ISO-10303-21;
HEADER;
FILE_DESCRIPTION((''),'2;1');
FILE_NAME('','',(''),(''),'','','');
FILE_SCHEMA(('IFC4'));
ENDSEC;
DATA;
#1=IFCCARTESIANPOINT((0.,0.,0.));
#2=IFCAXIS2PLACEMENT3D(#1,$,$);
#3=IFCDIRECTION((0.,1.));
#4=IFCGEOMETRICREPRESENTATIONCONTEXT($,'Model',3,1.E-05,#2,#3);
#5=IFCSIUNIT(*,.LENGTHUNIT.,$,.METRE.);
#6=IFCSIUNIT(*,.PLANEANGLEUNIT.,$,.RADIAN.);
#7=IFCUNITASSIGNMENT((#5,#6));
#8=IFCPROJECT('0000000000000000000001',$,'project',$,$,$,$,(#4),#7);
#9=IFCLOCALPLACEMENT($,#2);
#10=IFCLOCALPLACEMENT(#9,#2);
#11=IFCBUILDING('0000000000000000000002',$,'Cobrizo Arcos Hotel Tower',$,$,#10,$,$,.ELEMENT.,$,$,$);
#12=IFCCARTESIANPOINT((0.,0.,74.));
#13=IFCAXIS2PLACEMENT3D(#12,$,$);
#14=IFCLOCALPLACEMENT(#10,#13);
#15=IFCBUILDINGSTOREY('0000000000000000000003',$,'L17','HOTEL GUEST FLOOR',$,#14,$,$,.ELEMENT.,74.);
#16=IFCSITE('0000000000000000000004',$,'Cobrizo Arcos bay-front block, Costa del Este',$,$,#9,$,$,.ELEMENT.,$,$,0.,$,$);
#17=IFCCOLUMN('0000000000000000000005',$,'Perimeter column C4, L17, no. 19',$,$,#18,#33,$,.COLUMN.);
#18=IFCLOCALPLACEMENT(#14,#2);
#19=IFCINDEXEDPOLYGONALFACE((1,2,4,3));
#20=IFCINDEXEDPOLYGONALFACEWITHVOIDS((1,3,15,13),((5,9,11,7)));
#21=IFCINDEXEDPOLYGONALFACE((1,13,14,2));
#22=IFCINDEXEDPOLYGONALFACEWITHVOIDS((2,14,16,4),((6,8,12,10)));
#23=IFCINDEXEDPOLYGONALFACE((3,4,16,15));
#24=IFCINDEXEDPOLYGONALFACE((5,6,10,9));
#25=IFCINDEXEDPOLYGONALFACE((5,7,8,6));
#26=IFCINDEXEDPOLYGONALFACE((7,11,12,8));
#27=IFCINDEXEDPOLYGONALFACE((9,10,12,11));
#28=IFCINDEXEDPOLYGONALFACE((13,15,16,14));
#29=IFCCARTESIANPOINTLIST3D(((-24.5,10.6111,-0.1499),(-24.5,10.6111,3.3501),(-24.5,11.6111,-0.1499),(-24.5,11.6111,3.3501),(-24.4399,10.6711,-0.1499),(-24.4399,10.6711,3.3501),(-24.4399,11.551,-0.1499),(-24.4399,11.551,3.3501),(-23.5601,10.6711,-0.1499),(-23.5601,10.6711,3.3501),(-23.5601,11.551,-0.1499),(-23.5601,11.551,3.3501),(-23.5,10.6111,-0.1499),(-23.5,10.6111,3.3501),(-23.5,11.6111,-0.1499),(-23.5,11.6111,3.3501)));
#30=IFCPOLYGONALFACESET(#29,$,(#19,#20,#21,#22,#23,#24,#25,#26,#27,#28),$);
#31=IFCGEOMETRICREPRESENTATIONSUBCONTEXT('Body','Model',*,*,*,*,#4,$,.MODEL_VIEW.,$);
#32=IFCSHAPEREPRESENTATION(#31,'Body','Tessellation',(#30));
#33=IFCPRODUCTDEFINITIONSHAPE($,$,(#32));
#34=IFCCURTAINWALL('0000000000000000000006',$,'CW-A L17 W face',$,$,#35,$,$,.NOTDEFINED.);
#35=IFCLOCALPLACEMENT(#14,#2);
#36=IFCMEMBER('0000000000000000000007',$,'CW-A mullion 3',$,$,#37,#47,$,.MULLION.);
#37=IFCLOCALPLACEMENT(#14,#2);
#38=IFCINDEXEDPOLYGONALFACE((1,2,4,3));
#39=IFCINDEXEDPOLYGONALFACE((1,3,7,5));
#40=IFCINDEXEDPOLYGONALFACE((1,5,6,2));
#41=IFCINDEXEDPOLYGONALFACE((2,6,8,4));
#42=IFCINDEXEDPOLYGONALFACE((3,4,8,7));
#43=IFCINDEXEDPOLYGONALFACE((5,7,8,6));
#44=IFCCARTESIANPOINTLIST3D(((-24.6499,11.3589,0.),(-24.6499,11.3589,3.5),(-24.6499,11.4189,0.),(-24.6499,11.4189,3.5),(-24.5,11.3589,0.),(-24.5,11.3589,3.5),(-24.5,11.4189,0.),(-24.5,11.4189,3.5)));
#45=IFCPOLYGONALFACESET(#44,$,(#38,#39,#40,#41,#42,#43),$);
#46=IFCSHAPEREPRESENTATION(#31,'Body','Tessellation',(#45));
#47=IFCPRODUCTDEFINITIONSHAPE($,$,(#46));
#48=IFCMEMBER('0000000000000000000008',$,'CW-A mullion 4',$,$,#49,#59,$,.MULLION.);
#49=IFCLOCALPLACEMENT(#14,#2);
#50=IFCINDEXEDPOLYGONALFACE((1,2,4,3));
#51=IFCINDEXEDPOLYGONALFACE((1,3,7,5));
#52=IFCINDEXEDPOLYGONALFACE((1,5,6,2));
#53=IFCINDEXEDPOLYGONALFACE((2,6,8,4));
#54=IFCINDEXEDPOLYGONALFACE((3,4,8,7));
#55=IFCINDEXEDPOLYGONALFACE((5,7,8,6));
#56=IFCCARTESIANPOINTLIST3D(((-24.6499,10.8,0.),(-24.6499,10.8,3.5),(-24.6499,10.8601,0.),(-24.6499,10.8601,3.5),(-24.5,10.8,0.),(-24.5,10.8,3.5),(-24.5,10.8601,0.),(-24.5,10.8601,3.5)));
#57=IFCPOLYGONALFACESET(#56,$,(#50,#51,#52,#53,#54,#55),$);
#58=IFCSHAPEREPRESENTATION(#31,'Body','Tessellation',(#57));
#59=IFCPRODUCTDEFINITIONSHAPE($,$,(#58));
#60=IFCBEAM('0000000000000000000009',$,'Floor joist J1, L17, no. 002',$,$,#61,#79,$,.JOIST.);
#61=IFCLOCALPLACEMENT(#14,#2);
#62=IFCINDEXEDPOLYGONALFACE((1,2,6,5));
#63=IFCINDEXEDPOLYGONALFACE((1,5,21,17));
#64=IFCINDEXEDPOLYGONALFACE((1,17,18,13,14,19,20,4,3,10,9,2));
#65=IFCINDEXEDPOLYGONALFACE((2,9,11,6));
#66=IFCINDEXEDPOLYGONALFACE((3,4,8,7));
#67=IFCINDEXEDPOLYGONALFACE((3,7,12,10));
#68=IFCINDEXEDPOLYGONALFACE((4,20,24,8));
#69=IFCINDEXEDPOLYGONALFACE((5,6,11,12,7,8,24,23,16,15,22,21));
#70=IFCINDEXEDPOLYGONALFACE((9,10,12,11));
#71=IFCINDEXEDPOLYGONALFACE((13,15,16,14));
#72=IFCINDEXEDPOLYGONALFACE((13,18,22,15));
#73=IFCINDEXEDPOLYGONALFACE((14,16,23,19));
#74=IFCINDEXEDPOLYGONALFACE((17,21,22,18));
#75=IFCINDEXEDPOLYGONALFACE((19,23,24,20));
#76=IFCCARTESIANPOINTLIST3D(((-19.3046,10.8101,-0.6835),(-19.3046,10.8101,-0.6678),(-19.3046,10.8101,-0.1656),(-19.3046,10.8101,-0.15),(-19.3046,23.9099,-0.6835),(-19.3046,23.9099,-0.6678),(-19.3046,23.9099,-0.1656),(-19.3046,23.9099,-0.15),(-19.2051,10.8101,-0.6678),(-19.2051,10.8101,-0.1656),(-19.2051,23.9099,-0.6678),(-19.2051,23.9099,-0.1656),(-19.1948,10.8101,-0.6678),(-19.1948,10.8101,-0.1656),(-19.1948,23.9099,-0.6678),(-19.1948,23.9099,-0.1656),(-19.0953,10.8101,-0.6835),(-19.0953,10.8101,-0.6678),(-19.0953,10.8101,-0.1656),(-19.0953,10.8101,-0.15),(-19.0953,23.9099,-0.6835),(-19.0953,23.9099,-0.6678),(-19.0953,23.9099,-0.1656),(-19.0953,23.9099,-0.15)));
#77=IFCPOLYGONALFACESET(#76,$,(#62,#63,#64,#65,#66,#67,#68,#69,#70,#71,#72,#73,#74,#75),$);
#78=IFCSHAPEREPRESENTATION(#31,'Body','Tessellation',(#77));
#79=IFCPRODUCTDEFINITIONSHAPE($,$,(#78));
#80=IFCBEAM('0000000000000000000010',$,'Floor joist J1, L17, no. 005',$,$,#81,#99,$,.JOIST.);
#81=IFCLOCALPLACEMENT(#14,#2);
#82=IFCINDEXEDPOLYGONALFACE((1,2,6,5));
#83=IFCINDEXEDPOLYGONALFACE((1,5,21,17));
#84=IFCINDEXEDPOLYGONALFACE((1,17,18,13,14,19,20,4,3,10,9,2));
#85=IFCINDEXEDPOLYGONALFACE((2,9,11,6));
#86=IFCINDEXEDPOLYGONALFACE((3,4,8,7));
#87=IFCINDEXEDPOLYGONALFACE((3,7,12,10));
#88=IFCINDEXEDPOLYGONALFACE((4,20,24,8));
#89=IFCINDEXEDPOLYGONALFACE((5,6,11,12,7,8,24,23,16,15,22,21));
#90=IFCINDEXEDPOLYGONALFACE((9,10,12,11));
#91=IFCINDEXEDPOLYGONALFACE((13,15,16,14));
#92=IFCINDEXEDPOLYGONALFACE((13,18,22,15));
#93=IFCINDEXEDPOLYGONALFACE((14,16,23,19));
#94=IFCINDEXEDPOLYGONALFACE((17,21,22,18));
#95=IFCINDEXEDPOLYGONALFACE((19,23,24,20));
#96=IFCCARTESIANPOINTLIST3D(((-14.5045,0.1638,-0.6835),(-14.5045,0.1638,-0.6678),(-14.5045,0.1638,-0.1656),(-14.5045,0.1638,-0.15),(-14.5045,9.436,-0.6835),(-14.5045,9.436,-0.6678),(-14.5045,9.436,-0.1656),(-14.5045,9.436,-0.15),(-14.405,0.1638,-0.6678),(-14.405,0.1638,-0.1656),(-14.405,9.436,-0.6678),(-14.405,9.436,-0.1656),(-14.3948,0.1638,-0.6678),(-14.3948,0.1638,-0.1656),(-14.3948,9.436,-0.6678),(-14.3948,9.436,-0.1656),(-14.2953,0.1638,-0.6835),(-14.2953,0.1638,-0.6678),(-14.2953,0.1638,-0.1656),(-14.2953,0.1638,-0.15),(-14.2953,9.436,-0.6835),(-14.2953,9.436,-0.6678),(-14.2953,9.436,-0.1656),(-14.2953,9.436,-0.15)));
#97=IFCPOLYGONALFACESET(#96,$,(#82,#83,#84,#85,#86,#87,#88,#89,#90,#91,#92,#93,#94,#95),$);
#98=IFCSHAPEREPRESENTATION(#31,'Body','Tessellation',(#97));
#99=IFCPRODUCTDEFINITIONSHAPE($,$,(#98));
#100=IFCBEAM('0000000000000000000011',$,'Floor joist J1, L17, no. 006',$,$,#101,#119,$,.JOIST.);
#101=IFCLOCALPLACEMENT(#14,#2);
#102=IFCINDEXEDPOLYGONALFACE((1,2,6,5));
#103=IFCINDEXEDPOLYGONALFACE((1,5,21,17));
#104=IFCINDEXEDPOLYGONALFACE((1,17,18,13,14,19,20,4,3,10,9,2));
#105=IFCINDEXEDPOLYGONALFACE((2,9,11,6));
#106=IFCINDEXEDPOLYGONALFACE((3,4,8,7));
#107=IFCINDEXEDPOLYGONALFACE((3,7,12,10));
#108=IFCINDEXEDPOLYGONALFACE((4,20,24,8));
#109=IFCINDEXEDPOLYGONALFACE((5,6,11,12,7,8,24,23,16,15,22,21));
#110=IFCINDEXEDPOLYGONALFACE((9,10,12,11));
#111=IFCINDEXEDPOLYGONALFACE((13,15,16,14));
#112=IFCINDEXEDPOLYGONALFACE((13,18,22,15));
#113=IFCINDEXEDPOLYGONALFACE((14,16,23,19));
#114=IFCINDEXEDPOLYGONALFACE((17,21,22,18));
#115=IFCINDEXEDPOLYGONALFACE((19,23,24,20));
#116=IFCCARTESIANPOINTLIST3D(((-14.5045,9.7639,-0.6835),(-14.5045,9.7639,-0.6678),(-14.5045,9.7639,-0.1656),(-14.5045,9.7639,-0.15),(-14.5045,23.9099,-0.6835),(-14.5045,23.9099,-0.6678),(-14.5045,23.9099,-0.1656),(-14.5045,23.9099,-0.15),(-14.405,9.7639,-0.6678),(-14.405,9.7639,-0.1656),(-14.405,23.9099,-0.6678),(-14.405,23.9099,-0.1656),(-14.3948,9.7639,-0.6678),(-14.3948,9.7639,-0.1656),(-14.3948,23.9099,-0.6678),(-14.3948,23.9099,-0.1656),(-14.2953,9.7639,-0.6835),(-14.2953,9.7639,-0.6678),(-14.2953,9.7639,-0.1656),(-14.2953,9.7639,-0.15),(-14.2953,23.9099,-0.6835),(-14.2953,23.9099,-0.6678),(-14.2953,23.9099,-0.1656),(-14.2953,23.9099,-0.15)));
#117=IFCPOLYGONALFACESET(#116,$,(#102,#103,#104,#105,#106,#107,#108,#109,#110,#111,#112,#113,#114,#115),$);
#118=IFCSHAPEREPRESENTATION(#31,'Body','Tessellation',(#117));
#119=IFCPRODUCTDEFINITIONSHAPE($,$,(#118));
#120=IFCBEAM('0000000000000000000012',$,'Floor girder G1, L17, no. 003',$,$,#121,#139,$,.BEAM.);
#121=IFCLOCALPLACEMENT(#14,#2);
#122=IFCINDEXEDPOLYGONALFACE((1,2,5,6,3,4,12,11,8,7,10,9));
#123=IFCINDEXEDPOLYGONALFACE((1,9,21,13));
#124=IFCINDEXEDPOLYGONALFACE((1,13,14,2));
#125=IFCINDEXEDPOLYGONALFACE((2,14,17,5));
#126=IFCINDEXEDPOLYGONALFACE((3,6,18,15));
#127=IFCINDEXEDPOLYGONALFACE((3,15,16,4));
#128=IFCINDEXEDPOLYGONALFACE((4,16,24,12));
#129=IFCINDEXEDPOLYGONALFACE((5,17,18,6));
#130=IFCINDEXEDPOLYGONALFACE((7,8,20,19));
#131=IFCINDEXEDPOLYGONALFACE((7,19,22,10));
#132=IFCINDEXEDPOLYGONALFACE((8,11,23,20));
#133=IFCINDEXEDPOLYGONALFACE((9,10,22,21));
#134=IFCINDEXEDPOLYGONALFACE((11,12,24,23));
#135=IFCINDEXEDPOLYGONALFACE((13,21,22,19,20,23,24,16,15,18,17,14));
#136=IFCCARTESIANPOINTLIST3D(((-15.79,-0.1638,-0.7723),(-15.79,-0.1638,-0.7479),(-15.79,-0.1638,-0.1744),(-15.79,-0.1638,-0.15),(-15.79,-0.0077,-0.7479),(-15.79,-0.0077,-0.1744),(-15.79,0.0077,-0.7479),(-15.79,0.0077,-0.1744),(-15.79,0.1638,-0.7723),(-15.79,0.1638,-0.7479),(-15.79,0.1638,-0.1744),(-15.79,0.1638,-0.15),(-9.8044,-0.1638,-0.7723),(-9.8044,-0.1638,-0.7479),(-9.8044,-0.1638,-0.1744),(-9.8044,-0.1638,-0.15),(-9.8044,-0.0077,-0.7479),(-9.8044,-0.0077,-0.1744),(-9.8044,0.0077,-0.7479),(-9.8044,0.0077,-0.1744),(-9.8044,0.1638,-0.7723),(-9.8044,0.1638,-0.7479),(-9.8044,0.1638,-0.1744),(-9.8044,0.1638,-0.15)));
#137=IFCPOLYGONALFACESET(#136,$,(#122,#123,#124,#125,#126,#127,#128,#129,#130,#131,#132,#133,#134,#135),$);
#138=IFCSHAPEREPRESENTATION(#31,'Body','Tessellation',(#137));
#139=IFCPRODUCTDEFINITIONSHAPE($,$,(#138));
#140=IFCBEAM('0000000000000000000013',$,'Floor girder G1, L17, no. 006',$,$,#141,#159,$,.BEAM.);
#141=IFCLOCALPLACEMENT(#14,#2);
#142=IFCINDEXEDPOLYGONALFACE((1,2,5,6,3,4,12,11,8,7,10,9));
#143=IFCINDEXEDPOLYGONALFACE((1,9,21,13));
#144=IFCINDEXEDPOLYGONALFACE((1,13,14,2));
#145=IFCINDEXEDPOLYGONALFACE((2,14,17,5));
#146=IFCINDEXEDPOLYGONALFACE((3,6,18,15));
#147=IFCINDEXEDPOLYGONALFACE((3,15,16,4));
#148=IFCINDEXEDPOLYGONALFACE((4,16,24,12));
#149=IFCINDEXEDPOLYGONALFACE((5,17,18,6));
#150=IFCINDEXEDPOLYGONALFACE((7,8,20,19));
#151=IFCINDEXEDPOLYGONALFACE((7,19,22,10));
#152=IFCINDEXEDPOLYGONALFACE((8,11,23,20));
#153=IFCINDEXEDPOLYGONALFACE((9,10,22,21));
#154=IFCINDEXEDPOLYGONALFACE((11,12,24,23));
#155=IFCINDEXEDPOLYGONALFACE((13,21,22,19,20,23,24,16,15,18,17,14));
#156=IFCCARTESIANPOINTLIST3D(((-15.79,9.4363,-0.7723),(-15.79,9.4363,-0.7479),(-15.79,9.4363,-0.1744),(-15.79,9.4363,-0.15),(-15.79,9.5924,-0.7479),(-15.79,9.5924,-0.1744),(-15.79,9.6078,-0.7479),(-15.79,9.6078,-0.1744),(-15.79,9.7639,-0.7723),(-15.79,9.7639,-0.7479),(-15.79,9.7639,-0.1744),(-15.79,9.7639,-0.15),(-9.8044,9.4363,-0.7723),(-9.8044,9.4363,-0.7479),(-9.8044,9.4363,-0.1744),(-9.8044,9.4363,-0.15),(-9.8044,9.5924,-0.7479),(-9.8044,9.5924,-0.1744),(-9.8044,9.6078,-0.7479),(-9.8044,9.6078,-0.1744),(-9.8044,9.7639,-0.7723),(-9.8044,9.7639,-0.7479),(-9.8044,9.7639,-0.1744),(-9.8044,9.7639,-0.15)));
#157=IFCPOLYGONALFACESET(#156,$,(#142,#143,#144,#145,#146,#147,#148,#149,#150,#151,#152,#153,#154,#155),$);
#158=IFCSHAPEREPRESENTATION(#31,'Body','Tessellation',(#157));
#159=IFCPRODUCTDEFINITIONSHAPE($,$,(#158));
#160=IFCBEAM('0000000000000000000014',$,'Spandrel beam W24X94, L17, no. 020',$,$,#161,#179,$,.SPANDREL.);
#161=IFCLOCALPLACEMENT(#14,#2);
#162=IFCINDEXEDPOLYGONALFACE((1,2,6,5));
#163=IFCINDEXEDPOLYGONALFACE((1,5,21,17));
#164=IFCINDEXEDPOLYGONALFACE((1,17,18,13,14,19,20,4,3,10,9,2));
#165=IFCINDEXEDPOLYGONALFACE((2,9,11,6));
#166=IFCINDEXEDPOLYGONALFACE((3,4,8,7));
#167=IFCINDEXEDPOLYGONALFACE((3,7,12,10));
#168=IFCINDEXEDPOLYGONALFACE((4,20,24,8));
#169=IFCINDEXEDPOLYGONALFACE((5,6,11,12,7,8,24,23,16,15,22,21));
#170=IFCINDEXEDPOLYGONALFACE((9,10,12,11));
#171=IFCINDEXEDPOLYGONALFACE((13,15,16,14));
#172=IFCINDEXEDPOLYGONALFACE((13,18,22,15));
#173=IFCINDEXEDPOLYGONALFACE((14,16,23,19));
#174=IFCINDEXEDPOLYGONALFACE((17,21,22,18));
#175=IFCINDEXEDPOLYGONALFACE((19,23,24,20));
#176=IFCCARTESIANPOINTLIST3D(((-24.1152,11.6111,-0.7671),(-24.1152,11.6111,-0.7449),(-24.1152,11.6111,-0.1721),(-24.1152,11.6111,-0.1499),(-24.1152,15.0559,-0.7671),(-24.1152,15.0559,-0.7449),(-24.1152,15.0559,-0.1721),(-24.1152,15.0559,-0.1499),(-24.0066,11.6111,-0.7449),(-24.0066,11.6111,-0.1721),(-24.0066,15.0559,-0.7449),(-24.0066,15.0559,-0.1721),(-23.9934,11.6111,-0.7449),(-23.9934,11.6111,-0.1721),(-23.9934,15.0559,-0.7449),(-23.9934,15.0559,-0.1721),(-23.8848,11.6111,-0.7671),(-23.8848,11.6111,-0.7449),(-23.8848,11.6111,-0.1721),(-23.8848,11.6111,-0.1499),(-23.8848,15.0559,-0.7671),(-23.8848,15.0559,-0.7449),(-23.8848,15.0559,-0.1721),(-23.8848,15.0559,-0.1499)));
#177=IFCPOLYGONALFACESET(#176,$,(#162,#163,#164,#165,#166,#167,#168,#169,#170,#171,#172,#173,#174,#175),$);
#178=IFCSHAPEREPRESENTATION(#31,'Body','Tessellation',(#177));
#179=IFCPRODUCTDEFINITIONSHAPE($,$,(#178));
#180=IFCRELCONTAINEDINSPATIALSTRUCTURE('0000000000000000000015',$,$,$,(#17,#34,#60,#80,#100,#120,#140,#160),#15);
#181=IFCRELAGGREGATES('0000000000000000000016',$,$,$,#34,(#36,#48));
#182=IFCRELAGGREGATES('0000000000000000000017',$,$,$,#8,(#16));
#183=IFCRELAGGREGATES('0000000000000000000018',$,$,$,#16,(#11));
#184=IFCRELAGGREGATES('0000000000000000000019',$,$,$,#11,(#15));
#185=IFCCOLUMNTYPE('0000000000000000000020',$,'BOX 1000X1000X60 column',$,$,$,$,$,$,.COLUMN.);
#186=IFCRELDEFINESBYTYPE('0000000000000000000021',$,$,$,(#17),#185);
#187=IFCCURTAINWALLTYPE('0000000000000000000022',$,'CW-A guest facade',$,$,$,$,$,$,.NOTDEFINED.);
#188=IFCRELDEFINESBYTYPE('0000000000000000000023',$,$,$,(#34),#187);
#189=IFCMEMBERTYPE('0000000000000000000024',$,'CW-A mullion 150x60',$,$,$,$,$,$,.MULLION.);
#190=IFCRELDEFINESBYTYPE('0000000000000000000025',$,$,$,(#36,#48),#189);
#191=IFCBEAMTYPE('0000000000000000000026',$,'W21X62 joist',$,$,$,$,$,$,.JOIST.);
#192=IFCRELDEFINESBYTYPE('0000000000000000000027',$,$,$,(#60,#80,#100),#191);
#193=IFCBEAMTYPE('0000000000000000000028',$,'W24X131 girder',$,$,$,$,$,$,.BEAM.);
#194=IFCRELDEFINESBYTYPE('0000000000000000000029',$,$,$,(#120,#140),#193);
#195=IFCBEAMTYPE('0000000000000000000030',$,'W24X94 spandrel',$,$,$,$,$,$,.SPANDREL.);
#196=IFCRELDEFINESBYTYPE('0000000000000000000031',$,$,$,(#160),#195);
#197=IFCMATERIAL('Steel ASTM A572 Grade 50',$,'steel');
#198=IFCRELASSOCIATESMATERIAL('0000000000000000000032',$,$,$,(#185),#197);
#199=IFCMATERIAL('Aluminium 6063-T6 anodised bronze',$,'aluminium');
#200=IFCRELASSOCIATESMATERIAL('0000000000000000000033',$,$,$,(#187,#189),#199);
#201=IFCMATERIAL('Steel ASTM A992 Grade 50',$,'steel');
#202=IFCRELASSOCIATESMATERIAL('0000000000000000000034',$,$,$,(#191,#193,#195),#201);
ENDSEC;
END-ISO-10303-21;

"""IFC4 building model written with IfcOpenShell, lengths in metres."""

from ifc_helpers import new_model, si_unit, direction, frame, origin, origin_2d, place, context, subcontext, project, spatial, rectangle, hollow_rectangle, i_section, extrude, material, material_profile, profile_set, type_object, element, aggregate, save


model = new_model("IFC4")

# Units and contexts
model_context = context("Model", 3, precision=1e-05, world=origin(), true_north=direction((0.0, 1.0)))
body_context = subcontext(model_context, "Body", "Model", "MODEL_VIEW")
ifc_project = project(units=[si_unit("LENGTHUNIT", "METRE"), si_unit("PLANEANGLEUNIT", "RADIAN")], contexts=[model_context])

# Site, building, storey
site_placement = place(None, origin())
site = spatial("IfcSite", under=ifc_project, at=site_placement, Name="Cobrizo Arcos bay-front block, Costa del Este", CompositionType="ELEMENT", RefElevation=0.0)
building_placement = place(site_placement, origin())
building = spatial("IfcBuilding", under=site, at=building_placement, Name="Cobrizo Arcos Hotel Tower", CompositionType="ELEMENT")
storey_placement = place(building_placement, frame((0.0, 0.0, 74.0)))
storey = spatial("IfcBuildingStorey", under=building, at=storey_placement, Name="L17", Description="HOTEL GUEST FLOOR", CompositionType="ELEMENT", Elevation=74.0)

# Column
ifc_material_1 = material(Name="Steel ASTM A572 Grade 50", Category="steel")
ifc_material_profile_1 = material_profile(ifc_material_1, hollow_rectangle(XDim=1.0, YDim=1.0, WallThickness=0.0601, at=origin_2d()), Name="BOX 1000X1000X60")
ifc_profile_set_1 = profile_set([ifc_material_profile_1], Name="Steel ASTM A572 Grade 50")
column_type = type_object("IfcColumnType", Name="BOX 1000X1000X60 column", PredefinedType="COLUMN", material=ifc_profile_set_1)
column_placement = place(storey_placement, frame((-24.0, 11.1111, -0.1499), z_axis=(0.0, 0.0, 1.0), x_axis=(1.0, 0.0, 0.0)))
element("IfcColumn", 1, at=column_placement, inside=storey, type_object=column_type, Name="Perimeter column C4, L17, no. 19", PredefinedType="COLUMN", context=body_context, shape_type="SweptSolid", body=[
    extrude(hollow_rectangle(XDim=1.0, YDim=1.0, WallThickness=0.0601, at=origin_2d()), origin(), (0.0, 0.0, 1.0), 3.5),
])

# Curtain wall, members
ifc_material_2 = material(Name="Aluminium 6063-T6 anodised bronze", Category="aluminium")
curtain_wall_type = type_object("IfcCurtainWallType", Name="CW-A guest facade", PredefinedType="NOTDEFINED", material=ifc_material_2)
curtain_wall_placement = place(storey_placement, origin())
curtain_wall = element("IfcCurtainWall", 2, at=curtain_wall_placement, inside=storey, type_object=curtain_wall_type, Name="CW-A L17 W face", PredefinedType="NOTDEFINED")
ifc_material_profile_2 = material_profile(ifc_material_2, rectangle(XDim=0.1499, YDim=0.0601, at=origin_2d()), Name="CW-A mullion 150x60")
ifc_profile_set_2 = profile_set([ifc_material_profile_2], Name="Aluminium 6063-T6 anodised bronze")
member_type = type_object("IfcMemberType", Name="CW-A mullion 150x60", PredefinedType="MULLION", material=ifc_profile_set_2)
member_1_placement = place(storey_placement, frame((-24.575, 11.3889, 0.0), z_axis=(0.0, 0.0, 1.0), x_axis=(-1.0, 0.0, 0.0)))
member_1 = element("IfcMember", 3, at=member_1_placement, type_object=member_type, Name="CW-A mullion 3", PredefinedType="MULLION", context=body_context, shape_type="SweptSolid", body=[
    extrude(rectangle(XDim=0.1499, YDim=0.0601, at=origin_2d()), origin(), (0.0, 0.0, 1.0), 3.5),
])
member_2_placement = place(storey_placement, frame((-24.575, 10.8301, 0.0), z_axis=(0.0, 0.0, 1.0), x_axis=(-1.0, 0.0, 0.0)))
member_2 = element("IfcMember", 4, at=member_2_placement, type_object=member_type, Name="CW-A mullion 4", PredefinedType="MULLION", context=body_context, shape_type="SweptSolid", body=[
    extrude(rectangle(XDim=0.1499, YDim=0.0601, at=origin_2d()), origin(), (0.0, 0.0, 1.0), 3.5),
])

# Beams
ifc_material_3 = material(Name="Steel ASTM A992 Grade 50", Category="steel")
ifc_material_profile_3 = material_profile(ifc_material_3, i_section(OverallWidth=0.2092, OverallDepth=0.5334, WebThickness=0.0103, FlangeThickness=0.0156, at=origin_2d()), Name="W21X62")
ifc_profile_set_3 = profile_set([ifc_material_profile_3], Name="Steel ASTM A992 Grade 50")
beam_type_1 = type_object("IfcBeamType", Name="W21X62 joist", PredefinedType="JOIST", material=ifc_profile_set_3)
beam_1_placement = place(storey_placement, frame((-19.2, 10.8101, -0.4167), z_axis=(0.0, 1.0, 0.0), x_axis=(-1.0, 0.0, 0.0)))
element("IfcBeam", 5, at=beam_1_placement, inside=storey, type_object=beam_type_1, Name="Floor joist J1, L17, no. 002", PredefinedType="JOIST", context=body_context, shape_type="SweptSolid", body=[
    extrude(i_section(OverallWidth=0.2092, OverallDepth=0.5334, WebThickness=0.0103, FlangeThickness=0.0156, at=origin_2d()), origin(), (0.0, 0.0, 1.0), 13.0999),
])
beam_2_placement = place(storey_placement, frame((-14.3999, 0.1638, -0.4167), z_axis=(0.0, 1.0, 0.0), x_axis=(-1.0, 0.0, 0.0)))
element("IfcBeam", 6, at=beam_2_placement, inside=storey, type_object=beam_type_1, Name="Floor joist J1, L17, no. 005", PredefinedType="JOIST", context=body_context, shape_type="SweptSolid", body=[
    extrude(i_section(OverallWidth=0.2092, OverallDepth=0.5334, WebThickness=0.0103, FlangeThickness=0.0156, at=origin_2d()), origin(), (0.0, 0.0, 1.0), 9.2722),
])
beam_3_placement = place(storey_placement, frame((-14.3999, 9.7639, -0.4167), z_axis=(0.0, 1.0, 0.0), x_axis=(-1.0, 0.0, 0.0)))
element("IfcBeam", 7, at=beam_3_placement, inside=storey, type_object=beam_type_1, Name="Floor joist J1, L17, no. 006", PredefinedType="JOIST", context=body_context, shape_type="SweptSolid", body=[
    extrude(i_section(OverallWidth=0.2092, OverallDepth=0.5334, WebThickness=0.0103, FlangeThickness=0.0156, at=origin_2d()), origin(), (0.0, 0.0, 1.0), 14.146),
])
ifc_material_profile_4 = material_profile(ifc_material_3, i_section(OverallWidth=0.3276, OverallDepth=0.6223, WebThickness=0.0154, FlangeThickness=0.0244, at=origin_2d()), Name="W24X131")
ifc_profile_set_4 = profile_set([ifc_material_profile_4], Name="Steel ASTM A992 Grade 50")
beam_type_2 = type_object("IfcBeamType", Name="W24X131 girder", PredefinedType="BEAM", material=ifc_profile_set_4)
for number, where, z_axis, x_axis, name in (
    (8, (-15.79, 0.0, -0.4612), (1.0, 0.0, 0.0), (0.0, 1.0, 0.0), "Floor girder G1, L17, no. 003"),
    (9, (-15.79, 9.6001, -0.4612), (1.0, 0.0, 0.0), (0.0, 1.0, 0.0), "Floor girder G1, L17, no. 006"),
):
    element("IfcBeam", number, at=place(storey_placement, frame(where, z_axis=z_axis, x_axis=x_axis)), inside=storey, type_object=beam_type_2, Name=name, PredefinedType="BEAM", context=body_context, shape_type="SweptSolid", body=[
        extrude(i_section(OverallWidth=0.3276, OverallDepth=0.6223, WebThickness=0.0154, FlangeThickness=0.0244, at=origin_2d()), origin(), (0.0, 0.0, 1.0), 5.9856),
    ])
ifc_material_profile_5 = material_profile(ifc_material_3, i_section(OverallWidth=0.2305, OverallDepth=0.6172, WebThickness=0.0132, FlangeThickness=0.0222, at=origin_2d()), Name="W24X94")
ifc_profile_set_5 = profile_set([ifc_material_profile_5], Name="Steel ASTM A992 Grade 50")
beam_type_3 = type_object("IfcBeamType", Name="W24X94 spandrel", PredefinedType="SPANDREL", material=ifc_profile_set_5)
beam_4_placement = place(storey_placement, frame((-24.0, 11.6111, -0.4585), z_axis=(0.0, 1.0, 0.0), x_axis=(-1.0, 0.0, 0.0)))
element("IfcBeam", 10, at=beam_4_placement, inside=storey, type_object=beam_type_3, Name="Spandrel beam W24X94, L17, no. 020", PredefinedType="SPANDREL", context=body_context, shape_type="SweptSolid", body=[
    extrude(i_section(OverallWidth=0.2305, OverallDepth=0.6172, WebThickness=0.0132, FlangeThickness=0.0222, at=origin_2d()), origin(), (0.0, 0.0, 1.0), 3.4448),
])

aggregate(curtain_wall, [member_1, member_2])

save(model, "model.ifc")
